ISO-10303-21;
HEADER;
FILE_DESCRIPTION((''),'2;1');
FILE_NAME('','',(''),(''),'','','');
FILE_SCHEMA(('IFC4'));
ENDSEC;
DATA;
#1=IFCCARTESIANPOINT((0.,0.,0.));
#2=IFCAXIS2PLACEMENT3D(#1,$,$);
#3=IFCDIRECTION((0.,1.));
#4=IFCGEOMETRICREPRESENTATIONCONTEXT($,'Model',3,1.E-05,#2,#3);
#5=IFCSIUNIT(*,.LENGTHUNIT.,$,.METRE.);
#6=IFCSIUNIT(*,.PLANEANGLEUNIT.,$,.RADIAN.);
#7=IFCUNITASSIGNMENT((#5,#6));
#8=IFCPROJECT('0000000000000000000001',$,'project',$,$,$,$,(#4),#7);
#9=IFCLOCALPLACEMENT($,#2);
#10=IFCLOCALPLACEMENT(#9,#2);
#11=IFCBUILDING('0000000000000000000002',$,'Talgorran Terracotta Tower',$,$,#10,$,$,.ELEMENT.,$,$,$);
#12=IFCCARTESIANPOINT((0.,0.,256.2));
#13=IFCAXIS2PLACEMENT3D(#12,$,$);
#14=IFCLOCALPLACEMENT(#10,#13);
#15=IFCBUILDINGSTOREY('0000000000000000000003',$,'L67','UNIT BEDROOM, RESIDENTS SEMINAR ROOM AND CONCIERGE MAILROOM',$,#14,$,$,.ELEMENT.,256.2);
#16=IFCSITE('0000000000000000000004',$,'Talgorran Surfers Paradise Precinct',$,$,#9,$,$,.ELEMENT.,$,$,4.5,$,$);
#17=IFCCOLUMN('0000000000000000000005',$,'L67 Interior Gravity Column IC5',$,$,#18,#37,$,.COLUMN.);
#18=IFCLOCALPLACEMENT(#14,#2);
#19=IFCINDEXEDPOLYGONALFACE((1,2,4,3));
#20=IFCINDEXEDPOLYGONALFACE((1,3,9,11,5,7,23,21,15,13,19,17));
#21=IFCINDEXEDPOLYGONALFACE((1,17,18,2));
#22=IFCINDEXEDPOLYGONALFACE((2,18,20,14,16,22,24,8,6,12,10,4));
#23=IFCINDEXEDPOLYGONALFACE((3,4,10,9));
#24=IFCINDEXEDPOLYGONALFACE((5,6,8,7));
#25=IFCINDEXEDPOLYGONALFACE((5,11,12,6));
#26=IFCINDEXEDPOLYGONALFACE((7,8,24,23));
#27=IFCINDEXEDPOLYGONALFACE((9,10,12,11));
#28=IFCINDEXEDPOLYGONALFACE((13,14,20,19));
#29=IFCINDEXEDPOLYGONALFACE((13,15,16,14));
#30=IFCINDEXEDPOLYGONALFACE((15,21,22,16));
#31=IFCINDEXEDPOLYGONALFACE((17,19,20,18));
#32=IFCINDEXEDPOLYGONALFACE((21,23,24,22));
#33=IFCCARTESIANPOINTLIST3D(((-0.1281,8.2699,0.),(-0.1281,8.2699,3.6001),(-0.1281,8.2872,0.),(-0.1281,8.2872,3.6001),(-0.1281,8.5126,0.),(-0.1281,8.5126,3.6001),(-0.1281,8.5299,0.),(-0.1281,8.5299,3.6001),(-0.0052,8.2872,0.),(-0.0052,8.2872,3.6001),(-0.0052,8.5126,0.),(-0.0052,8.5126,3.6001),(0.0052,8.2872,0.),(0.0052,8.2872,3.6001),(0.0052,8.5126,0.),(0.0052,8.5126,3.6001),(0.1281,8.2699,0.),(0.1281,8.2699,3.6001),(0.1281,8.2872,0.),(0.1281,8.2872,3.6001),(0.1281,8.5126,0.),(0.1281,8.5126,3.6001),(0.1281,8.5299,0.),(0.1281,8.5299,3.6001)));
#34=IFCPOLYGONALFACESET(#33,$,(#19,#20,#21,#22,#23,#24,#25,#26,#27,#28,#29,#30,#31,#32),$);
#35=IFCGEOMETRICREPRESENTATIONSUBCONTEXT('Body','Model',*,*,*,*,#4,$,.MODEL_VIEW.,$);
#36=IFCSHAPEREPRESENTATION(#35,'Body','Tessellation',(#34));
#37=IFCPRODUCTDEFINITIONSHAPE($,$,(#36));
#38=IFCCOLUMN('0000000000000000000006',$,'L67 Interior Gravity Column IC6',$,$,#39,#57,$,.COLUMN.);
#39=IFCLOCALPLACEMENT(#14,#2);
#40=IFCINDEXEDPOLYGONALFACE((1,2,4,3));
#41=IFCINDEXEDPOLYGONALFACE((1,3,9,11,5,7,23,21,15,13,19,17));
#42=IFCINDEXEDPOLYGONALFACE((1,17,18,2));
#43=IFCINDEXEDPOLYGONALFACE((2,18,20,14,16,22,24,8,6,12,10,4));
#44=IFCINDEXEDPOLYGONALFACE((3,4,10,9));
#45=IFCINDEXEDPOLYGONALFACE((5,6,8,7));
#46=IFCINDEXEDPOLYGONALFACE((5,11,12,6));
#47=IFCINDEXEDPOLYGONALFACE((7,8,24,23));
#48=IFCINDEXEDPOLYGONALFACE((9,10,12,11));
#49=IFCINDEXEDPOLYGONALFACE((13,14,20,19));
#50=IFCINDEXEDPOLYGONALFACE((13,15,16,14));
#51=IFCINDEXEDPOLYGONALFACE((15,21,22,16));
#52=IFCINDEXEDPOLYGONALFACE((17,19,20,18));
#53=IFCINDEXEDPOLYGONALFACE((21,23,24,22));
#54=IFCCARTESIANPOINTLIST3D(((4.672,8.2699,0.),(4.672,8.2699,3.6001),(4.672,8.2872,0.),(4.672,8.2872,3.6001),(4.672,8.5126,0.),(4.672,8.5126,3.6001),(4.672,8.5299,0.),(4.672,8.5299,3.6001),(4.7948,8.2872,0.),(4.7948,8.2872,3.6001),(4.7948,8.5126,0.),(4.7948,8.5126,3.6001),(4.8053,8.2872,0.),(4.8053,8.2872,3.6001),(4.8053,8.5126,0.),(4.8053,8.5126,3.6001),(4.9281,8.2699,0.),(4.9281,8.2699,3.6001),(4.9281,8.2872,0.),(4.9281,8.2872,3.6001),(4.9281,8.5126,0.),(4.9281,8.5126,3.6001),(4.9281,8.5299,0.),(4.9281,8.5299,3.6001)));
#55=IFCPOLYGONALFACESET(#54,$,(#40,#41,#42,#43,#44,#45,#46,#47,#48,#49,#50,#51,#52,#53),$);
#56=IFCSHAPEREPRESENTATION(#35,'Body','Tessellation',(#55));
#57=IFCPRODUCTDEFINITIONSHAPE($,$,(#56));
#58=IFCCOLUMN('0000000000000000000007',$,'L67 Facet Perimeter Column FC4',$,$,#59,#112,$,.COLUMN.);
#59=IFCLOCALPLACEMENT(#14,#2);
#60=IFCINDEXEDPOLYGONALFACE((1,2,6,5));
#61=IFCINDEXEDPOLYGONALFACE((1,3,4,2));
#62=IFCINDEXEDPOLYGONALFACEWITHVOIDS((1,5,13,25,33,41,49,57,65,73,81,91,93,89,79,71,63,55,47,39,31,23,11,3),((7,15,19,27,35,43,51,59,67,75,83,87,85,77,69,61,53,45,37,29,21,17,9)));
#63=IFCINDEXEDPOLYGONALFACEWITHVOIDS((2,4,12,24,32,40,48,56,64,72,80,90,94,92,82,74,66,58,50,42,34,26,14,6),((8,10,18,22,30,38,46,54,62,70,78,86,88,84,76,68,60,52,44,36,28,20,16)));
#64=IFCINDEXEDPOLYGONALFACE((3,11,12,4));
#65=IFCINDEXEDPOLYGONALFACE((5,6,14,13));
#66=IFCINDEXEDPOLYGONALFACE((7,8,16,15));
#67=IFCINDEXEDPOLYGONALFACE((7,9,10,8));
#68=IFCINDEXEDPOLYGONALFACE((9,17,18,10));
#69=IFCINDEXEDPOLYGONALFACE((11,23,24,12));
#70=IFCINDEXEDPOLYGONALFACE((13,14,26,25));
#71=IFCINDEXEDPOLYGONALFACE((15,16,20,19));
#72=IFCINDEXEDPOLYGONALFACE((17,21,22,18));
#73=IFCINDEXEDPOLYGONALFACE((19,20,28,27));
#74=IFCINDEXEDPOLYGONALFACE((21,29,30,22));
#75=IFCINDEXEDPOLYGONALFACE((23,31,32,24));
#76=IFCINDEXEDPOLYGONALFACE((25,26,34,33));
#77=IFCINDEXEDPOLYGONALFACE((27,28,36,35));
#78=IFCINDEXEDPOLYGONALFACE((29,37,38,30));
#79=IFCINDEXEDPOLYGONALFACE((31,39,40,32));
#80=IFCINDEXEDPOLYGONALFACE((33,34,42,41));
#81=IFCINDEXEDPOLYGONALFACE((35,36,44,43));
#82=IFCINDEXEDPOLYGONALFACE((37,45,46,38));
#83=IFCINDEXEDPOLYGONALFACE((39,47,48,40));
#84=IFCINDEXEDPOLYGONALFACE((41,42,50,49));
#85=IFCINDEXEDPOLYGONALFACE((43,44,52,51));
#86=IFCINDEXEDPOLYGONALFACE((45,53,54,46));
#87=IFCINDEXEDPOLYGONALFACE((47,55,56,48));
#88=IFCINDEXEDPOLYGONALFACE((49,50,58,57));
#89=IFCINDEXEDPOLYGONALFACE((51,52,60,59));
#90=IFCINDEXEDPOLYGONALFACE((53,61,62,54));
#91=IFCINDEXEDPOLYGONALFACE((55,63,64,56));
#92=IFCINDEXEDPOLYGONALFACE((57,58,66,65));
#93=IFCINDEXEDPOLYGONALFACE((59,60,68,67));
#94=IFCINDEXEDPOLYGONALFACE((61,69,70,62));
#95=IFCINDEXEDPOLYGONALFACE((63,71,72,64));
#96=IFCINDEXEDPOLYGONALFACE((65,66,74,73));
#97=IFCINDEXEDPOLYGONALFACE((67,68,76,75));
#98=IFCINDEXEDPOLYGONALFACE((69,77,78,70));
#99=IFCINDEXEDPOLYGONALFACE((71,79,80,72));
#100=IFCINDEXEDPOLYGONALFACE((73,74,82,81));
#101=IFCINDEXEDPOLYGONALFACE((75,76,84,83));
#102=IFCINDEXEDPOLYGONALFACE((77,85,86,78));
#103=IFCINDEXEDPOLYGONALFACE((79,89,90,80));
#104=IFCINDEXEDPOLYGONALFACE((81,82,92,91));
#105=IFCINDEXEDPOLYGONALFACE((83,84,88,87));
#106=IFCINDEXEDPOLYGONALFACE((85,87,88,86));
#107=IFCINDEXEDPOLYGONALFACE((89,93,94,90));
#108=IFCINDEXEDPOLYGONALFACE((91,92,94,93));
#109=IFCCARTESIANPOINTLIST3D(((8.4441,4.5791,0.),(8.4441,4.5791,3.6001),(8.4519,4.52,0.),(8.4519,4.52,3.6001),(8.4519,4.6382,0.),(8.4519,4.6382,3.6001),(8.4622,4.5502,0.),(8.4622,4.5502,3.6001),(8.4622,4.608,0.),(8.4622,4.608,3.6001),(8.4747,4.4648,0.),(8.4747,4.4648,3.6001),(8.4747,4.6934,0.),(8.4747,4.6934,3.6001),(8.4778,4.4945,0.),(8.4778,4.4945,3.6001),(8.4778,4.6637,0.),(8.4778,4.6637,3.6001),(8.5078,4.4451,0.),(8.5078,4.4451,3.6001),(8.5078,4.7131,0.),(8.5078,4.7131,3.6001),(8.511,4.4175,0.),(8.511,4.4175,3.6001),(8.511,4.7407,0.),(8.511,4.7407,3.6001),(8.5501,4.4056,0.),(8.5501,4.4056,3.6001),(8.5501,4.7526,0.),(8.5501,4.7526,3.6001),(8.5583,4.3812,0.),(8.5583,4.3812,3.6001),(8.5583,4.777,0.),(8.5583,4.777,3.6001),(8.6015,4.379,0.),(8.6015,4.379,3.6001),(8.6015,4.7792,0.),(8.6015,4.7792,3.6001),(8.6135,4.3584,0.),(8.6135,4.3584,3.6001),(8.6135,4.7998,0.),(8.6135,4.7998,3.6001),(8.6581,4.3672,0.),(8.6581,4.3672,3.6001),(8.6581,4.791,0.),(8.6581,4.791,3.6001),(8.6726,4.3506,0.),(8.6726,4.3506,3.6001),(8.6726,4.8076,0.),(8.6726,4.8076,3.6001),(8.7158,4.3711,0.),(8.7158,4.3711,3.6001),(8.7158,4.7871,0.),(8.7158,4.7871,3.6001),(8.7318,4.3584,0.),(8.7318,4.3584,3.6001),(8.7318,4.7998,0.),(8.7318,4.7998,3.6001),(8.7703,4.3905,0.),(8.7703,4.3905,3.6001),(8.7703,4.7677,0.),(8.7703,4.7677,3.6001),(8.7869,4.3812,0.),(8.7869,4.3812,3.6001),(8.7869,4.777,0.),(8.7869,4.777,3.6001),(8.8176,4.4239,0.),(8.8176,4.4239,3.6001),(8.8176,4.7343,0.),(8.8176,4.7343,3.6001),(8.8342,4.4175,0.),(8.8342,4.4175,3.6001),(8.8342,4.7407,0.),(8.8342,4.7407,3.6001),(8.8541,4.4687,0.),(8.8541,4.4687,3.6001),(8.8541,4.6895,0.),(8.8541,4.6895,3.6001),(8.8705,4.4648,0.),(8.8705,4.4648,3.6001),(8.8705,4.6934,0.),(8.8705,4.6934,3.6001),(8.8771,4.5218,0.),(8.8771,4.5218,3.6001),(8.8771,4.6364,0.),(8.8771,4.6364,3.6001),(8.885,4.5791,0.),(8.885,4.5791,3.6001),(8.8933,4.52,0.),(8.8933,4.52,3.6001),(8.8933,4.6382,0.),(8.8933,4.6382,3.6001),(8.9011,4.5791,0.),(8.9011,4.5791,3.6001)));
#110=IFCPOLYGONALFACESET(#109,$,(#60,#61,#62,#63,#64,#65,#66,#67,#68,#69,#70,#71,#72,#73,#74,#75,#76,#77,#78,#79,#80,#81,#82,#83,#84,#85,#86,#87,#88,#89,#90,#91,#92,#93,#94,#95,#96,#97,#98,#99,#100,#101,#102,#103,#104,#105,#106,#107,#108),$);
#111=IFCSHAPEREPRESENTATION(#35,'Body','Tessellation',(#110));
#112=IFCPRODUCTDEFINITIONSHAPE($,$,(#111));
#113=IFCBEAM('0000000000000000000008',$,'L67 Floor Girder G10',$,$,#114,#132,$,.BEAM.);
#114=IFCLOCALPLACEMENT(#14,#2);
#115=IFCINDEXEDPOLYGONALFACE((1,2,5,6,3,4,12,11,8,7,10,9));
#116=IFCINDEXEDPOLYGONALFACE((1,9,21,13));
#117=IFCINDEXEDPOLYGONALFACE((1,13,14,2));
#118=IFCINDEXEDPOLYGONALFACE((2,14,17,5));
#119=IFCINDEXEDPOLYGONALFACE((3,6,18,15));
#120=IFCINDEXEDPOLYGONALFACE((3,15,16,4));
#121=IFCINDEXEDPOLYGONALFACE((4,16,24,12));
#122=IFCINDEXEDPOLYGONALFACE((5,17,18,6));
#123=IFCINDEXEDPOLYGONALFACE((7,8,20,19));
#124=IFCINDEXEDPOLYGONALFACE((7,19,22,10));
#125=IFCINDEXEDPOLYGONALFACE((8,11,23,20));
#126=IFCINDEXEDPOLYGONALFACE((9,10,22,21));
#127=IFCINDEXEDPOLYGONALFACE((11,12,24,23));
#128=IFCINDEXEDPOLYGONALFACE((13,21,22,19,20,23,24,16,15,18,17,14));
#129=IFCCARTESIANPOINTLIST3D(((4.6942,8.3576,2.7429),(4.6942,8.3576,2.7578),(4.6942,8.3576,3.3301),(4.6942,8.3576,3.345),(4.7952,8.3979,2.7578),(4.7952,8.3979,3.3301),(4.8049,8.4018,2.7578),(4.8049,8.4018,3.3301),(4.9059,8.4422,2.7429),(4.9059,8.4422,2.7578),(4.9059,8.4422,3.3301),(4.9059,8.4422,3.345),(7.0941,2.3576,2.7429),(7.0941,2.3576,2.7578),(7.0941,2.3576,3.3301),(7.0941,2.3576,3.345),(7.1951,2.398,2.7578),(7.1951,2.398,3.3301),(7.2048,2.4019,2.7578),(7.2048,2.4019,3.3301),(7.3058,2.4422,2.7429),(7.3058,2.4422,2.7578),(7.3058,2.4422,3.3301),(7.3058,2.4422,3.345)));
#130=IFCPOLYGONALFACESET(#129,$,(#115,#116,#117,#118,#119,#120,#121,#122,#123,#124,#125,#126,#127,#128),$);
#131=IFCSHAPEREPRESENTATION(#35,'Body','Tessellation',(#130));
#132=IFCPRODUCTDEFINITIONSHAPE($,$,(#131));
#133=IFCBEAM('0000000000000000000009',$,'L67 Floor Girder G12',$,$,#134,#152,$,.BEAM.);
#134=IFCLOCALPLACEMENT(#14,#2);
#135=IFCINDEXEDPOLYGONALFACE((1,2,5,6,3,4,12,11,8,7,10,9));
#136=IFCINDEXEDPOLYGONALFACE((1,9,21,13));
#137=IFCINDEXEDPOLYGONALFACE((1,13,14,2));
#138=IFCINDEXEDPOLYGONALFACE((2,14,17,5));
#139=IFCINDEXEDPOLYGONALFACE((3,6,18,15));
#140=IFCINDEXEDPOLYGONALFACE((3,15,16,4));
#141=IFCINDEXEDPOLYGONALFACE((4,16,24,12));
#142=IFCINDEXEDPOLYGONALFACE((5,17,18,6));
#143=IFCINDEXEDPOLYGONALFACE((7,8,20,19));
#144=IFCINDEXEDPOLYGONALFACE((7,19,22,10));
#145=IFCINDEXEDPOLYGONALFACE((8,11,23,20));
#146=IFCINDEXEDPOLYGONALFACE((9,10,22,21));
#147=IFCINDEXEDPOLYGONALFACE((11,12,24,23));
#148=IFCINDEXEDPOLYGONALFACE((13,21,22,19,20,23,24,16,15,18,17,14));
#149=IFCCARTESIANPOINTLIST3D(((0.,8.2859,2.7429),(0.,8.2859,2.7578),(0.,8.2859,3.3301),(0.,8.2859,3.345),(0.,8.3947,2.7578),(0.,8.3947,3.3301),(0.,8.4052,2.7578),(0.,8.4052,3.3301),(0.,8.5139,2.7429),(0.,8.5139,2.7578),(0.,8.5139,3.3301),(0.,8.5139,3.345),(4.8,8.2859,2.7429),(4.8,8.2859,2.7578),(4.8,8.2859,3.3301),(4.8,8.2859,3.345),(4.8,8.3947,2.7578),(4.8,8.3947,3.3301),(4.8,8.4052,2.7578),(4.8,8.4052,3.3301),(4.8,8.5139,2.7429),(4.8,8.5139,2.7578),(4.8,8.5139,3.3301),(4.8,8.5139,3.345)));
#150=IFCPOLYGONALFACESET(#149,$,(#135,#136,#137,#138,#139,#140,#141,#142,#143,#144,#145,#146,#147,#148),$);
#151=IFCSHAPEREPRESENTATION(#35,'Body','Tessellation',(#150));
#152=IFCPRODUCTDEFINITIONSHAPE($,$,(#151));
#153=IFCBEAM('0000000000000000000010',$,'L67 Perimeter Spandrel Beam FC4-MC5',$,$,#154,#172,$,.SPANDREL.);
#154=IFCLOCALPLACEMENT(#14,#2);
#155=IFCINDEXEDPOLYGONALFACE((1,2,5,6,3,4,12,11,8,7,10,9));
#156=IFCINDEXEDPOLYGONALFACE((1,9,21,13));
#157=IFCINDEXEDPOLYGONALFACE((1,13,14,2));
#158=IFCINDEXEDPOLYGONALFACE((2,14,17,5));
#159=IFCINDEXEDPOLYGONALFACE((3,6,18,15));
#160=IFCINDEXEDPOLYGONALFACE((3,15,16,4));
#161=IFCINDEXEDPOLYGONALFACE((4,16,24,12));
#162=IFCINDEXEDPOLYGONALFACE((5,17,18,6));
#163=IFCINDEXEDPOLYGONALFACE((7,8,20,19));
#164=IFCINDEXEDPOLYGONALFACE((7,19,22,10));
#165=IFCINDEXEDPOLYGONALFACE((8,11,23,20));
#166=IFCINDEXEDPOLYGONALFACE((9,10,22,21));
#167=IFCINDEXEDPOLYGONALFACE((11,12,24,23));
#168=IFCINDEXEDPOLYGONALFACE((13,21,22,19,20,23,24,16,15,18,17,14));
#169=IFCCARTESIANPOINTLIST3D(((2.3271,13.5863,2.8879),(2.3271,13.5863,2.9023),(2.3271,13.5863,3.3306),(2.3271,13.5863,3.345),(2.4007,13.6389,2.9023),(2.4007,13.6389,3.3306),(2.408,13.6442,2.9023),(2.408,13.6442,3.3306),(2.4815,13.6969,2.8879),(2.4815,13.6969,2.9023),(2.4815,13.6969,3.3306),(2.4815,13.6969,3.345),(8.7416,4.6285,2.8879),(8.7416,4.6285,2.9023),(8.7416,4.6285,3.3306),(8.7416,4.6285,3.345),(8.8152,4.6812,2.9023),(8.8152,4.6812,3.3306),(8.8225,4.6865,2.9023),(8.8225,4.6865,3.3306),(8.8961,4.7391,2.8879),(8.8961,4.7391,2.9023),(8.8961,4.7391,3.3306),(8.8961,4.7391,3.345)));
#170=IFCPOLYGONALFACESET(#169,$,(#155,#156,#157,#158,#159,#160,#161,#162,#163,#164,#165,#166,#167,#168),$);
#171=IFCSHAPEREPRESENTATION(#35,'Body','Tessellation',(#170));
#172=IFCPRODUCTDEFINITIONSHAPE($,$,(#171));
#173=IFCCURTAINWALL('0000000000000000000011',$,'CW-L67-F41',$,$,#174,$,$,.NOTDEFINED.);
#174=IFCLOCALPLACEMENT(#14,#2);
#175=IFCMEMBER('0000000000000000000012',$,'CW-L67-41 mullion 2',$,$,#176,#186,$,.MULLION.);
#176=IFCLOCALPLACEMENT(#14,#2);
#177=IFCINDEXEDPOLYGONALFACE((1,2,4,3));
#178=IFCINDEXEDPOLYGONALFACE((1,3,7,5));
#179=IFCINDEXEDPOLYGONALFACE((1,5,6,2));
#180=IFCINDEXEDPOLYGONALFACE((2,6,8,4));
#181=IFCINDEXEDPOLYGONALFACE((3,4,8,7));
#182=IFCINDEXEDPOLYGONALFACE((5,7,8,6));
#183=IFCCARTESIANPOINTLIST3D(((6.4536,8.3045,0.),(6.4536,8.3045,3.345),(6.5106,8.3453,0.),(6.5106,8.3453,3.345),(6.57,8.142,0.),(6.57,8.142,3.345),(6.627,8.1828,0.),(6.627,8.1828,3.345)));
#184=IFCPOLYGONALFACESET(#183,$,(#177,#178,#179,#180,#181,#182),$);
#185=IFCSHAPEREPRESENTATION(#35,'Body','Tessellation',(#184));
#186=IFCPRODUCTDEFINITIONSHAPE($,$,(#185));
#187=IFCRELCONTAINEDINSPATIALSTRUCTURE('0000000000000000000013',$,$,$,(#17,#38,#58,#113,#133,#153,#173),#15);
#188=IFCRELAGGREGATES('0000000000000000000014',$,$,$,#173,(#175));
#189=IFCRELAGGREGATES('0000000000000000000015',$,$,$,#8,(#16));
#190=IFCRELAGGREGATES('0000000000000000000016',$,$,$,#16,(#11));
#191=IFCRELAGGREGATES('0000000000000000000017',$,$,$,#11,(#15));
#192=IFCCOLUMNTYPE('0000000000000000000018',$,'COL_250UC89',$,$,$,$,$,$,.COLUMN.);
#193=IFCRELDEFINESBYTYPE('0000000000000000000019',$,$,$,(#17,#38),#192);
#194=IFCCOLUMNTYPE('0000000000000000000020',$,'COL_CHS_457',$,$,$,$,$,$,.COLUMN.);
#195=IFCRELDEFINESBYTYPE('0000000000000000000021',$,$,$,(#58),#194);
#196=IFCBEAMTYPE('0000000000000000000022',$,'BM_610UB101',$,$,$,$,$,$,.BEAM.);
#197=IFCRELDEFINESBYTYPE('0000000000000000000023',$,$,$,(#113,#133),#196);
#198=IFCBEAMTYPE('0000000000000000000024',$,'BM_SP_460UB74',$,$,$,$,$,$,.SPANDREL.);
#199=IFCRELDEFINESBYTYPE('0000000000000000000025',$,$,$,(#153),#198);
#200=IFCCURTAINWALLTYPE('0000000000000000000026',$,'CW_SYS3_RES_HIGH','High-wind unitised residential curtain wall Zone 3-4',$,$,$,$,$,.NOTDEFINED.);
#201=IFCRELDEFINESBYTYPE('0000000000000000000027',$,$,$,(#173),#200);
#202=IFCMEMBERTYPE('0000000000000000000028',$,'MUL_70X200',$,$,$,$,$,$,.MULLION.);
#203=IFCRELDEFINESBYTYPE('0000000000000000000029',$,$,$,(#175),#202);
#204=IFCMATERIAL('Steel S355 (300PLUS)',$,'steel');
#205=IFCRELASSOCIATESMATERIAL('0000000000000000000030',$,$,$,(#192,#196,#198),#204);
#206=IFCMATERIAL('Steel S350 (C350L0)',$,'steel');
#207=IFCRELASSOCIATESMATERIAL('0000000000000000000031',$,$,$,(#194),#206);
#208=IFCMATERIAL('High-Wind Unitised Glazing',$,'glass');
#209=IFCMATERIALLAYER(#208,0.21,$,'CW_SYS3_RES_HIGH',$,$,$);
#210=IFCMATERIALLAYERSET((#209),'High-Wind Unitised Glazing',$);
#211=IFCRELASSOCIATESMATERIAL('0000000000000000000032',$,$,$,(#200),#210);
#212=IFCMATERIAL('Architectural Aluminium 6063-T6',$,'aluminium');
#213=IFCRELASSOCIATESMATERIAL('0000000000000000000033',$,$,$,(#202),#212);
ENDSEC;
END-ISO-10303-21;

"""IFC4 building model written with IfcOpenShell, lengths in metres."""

from ifc_helpers import new_model, si_unit, direction, frame, origin, origin_2d, place, context, subcontext, project, spatial, rectangle, hollow_circle, i_section, extrude, material, layer, layer_set, material_profile, profile_set, type_object, element, aggregate, save


model = new_model("IFC4")

# Units and contexts
model_context = context("Model", 3, precision=1e-05, world=origin(), true_north=direction((0.0, 1.0)))
body_context = subcontext(model_context, "Body", "Model", "MODEL_VIEW")
ifc_project = project(units=[si_unit("LENGTHUNIT", "METRE"), si_unit("PLANEANGLEUNIT", "RADIAN")], contexts=[model_context])

# Site, building, storey
site_placement = place(None, origin())
site = spatial("IfcSite", under=ifc_project, at=site_placement, Name="Talgorran Surfers Paradise Precinct", CompositionType="ELEMENT", RefElevation=4.5)
building_placement = place(site_placement, origin())
building = spatial("IfcBuilding", under=site, at=building_placement, Name="Talgorran Terracotta Tower", CompositionType="ELEMENT")
storey_placement = place(building_placement, frame((0.0, 0.0, 256.2)))
storey = spatial("IfcBuildingStorey", under=building, at=storey_placement, Name="L67", Description="UNIT BEDROOM, RESIDENTS SEMINAR ROOM AND CONCIERGE MAILROOM", CompositionType="ELEMENT", Elevation=256.2)

# Columns
ifc_material_1 = material(Name="Steel S355 (300PLUS)", Category="steel")
ifc_material_profile_1 = material_profile(ifc_material_1, i_section(OverallWidth=0.2561, OverallDepth=0.26, WebThickness=0.0105, FlangeThickness=0.0173, at=origin_2d()), Name="250UC89.5")
ifc_profile_set_1 = profile_set([ifc_material_profile_1], Name="Steel S355 (300PLUS)")
column_type_1 = type_object("IfcColumnType", Name="COL_250UC89", PredefinedType="COLUMN", material=ifc_profile_set_1)
for number, where, z_axis, x_axis, name in (
    (1, (0.0, 8.3999, 0.0), (0.0, 0.0, 1.0), (1.0, 0.0, 0.0), "L67 Interior Gravity Column IC5"),
    (2, (4.8, 8.3999, 0.0), (0.0, 0.0, 1.0), (1.0, 0.0, 0.0), "L67 Interior Gravity Column IC6"),
):
    element("IfcColumn", number, at=place(storey_placement, frame(where, z_axis=z_axis, x_axis=x_axis)), inside=storey, type_object=column_type_1, Name=name, PredefinedType="COLUMN", context=body_context, shape_type="SweptSolid", body=[
        extrude(i_section(OverallWidth=0.2561, OverallDepth=0.26, WebThickness=0.0105, FlangeThickness=0.0173, at=origin_2d()), origin(), (0.0, 0.0, 1.0), 3.6001),
    ])
ifc_material_2 = material(Name="Steel S350 (C350L0)", Category="steel")
ifc_material_profile_2 = material_profile(ifc_material_2, hollow_circle(Radius=0.2285, WallThickness=0.0161, at=origin_2d()), Name="CHS457X16")
ifc_profile_set_2 = profile_set([ifc_material_profile_2], Name="Steel S350 (C350L0)")
column_type_2 = type_object("IfcColumnType", Name="COL_CHS_457", PredefinedType="COLUMN", material=ifc_profile_set_2)
column_placement = place(storey_placement, frame((8.6726, 4.5791, 0.0), z_axis=(0.0, 0.0, 1.0), x_axis=(1.0, 0.0, 0.0)))
element("IfcColumn", 3, at=column_placement, inside=storey, type_object=column_type_2, Name="L67 Facet Perimeter Column FC4", PredefinedType="COLUMN", context=body_context, shape_type="SweptSolid", body=[
    extrude(hollow_circle(Radius=0.2285, WallThickness=0.0161, at=origin_2d()), origin(), (0.0, 0.0, 1.0), 3.6001),
])

# Beams
ifc_material_profile_3 = material_profile(ifc_material_1, i_section(OverallWidth=0.228, OverallDepth=0.6021, WebThickness=0.0105, FlangeThickness=0.0149, at=origin_2d()), Name="610UB101")
ifc_profile_set_3 = profile_set([ifc_material_profile_3], Name="Steel S355 (300PLUS)")
beam_type_1 = type_object("IfcBeamType", Name="BM_610UB101", PredefinedType="BEAM", material=ifc_profile_set_3)
beam_1_placement = place(storey_placement, frame((7.2, 2.3999, 3.0439), z_axis=(-0.371378, 0.928482, 0.0), x_axis=(-0.928482, -0.371378, 0.0)))
element("IfcBeam", 4, at=beam_1_placement, inside=storey, type_object=beam_type_1, Name="L67 Floor Girder G10", PredefinedType="BEAM", context=body_context, shape_type="SweptSolid", body=[
    extrude(i_section(OverallWidth=0.228, OverallDepth=0.6021, WebThickness=0.0105, FlangeThickness=0.0149, at=origin_2d()), origin(), (0.0, 0.0, 1.0), 6.4622),
])
beam_2_placement = place(storey_placement, frame((0.0, 8.3999, 3.0439), z_axis=(1.0, 0.0, 0.0), x_axis=(0.0, 1.0, 0.0)))
element("IfcBeam", 5, at=beam_2_placement, inside=storey, type_object=beam_type_1, Name="L67 Floor Girder G12", PredefinedType="BEAM", context=body_context, shape_type="SweptSolid", body=[
    extrude(i_section(OverallWidth=0.228, OverallDepth=0.6021, WebThickness=0.0105, FlangeThickness=0.0149, at=origin_2d()), origin(), (0.0, 0.0, 1.0), 4.8),
])
ifc_material_profile_4 = material_profile(ifc_material_1, i_section(OverallWidth=0.1899, OverallDepth=0.457, WebThickness=0.009, FlangeThickness=0.0144, at=origin_2d()), Name="460UB74.6")
ifc_profile_set_4 = profile_set([ifc_material_profile_4], Name="Steel S355 (300PLUS)")
beam_type_2 = type_object("IfcBeamType", Name="BM_SP_460UB74", PredefinedType="SPANDREL", material=ifc_profile_set_4)
beam_3_placement = place(storey_placement, frame((8.8188, 4.6838, 3.1165), z_axis=(-0.582208, 0.81304, 0.0), x_axis=(-0.81304, -0.582208, 0.0)))
element("IfcBeam", 6, at=beam_3_placement, inside=storey, type_object=beam_type_2, Name="L67 Perimeter Spandrel Beam FC4-MC5", PredefinedType="SPANDREL", context=body_context, shape_type="SweptSolid", body=[
    extrude(i_section(OverallWidth=0.1899, OverallDepth=0.457, WebThickness=0.009, FlangeThickness=0.0144, at=origin_2d()), origin(), (0.0, 0.0, 1.0), 11.0176),
])

# Curtain wall, member
ifc_material_3 = material(Name="High-Wind Unitised Glazing", Category="glass")
ifc_layer_1 = layer(ifc_material_3, 0.21, Name="CW_SYS3_RES_HIGH")
ifc_layer_set_1 = layer_set([ifc_layer_1], Name="High-Wind Unitised Glazing")
curtain_wall_type = type_object("IfcCurtainWallType", Name="CW_SYS3_RES_HIGH", Description="High-wind unitised residential curtain wall Zone 3-4", PredefinedType="NOTDEFINED", material=ifc_layer_set_1)
curtain_wall_1_placement = place(storey_placement, origin())
curtain_wall_1 = element("IfcCurtainWall", 7, at=curtain_wall_1_placement, inside=storey, type_object=curtain_wall_type, Name="CW-L67-F41", PredefinedType="NOTDEFINED")
ifc_material_4 = material(Name="Architectural Aluminium 6063-T6", Category="aluminium")
ifc_material_profile_5 = material_profile(ifc_material_4, rectangle(XDim=0.0701, YDim=0.2, at=origin_2d()), Name="CWM70X200")
ifc_profile_set_5 = profile_set([ifc_material_profile_5], Name="Architectural Aluminium 6063-T6")
member_type_1 = type_object("IfcMemberType", Name="MUL_70X200", PredefinedType="MULLION", material=ifc_profile_set_5)
member_1_placement = place(storey_placement, frame((6.5403, 8.2437, 0.0), z_axis=(0.0, 0.0, 1.0), x_axis=(-0.813042, -0.582205, 0.0)))
member_1 = element("IfcMember", 8, at=member_1_placement, type_object=member_type_1, Name="CW-L67-41 mullion 2", PredefinedType="MULLION", context=body_context, shape_type="SweptSolid", body=[
    extrude(rectangle(XDim=0.0701, YDim=0.2, at=origin_2d()), origin(), (0.0, 0.0, 1.0), 3.345),
])

aggregate(curtain_wall_1, [member_1])

save(model, "model.ifc")
